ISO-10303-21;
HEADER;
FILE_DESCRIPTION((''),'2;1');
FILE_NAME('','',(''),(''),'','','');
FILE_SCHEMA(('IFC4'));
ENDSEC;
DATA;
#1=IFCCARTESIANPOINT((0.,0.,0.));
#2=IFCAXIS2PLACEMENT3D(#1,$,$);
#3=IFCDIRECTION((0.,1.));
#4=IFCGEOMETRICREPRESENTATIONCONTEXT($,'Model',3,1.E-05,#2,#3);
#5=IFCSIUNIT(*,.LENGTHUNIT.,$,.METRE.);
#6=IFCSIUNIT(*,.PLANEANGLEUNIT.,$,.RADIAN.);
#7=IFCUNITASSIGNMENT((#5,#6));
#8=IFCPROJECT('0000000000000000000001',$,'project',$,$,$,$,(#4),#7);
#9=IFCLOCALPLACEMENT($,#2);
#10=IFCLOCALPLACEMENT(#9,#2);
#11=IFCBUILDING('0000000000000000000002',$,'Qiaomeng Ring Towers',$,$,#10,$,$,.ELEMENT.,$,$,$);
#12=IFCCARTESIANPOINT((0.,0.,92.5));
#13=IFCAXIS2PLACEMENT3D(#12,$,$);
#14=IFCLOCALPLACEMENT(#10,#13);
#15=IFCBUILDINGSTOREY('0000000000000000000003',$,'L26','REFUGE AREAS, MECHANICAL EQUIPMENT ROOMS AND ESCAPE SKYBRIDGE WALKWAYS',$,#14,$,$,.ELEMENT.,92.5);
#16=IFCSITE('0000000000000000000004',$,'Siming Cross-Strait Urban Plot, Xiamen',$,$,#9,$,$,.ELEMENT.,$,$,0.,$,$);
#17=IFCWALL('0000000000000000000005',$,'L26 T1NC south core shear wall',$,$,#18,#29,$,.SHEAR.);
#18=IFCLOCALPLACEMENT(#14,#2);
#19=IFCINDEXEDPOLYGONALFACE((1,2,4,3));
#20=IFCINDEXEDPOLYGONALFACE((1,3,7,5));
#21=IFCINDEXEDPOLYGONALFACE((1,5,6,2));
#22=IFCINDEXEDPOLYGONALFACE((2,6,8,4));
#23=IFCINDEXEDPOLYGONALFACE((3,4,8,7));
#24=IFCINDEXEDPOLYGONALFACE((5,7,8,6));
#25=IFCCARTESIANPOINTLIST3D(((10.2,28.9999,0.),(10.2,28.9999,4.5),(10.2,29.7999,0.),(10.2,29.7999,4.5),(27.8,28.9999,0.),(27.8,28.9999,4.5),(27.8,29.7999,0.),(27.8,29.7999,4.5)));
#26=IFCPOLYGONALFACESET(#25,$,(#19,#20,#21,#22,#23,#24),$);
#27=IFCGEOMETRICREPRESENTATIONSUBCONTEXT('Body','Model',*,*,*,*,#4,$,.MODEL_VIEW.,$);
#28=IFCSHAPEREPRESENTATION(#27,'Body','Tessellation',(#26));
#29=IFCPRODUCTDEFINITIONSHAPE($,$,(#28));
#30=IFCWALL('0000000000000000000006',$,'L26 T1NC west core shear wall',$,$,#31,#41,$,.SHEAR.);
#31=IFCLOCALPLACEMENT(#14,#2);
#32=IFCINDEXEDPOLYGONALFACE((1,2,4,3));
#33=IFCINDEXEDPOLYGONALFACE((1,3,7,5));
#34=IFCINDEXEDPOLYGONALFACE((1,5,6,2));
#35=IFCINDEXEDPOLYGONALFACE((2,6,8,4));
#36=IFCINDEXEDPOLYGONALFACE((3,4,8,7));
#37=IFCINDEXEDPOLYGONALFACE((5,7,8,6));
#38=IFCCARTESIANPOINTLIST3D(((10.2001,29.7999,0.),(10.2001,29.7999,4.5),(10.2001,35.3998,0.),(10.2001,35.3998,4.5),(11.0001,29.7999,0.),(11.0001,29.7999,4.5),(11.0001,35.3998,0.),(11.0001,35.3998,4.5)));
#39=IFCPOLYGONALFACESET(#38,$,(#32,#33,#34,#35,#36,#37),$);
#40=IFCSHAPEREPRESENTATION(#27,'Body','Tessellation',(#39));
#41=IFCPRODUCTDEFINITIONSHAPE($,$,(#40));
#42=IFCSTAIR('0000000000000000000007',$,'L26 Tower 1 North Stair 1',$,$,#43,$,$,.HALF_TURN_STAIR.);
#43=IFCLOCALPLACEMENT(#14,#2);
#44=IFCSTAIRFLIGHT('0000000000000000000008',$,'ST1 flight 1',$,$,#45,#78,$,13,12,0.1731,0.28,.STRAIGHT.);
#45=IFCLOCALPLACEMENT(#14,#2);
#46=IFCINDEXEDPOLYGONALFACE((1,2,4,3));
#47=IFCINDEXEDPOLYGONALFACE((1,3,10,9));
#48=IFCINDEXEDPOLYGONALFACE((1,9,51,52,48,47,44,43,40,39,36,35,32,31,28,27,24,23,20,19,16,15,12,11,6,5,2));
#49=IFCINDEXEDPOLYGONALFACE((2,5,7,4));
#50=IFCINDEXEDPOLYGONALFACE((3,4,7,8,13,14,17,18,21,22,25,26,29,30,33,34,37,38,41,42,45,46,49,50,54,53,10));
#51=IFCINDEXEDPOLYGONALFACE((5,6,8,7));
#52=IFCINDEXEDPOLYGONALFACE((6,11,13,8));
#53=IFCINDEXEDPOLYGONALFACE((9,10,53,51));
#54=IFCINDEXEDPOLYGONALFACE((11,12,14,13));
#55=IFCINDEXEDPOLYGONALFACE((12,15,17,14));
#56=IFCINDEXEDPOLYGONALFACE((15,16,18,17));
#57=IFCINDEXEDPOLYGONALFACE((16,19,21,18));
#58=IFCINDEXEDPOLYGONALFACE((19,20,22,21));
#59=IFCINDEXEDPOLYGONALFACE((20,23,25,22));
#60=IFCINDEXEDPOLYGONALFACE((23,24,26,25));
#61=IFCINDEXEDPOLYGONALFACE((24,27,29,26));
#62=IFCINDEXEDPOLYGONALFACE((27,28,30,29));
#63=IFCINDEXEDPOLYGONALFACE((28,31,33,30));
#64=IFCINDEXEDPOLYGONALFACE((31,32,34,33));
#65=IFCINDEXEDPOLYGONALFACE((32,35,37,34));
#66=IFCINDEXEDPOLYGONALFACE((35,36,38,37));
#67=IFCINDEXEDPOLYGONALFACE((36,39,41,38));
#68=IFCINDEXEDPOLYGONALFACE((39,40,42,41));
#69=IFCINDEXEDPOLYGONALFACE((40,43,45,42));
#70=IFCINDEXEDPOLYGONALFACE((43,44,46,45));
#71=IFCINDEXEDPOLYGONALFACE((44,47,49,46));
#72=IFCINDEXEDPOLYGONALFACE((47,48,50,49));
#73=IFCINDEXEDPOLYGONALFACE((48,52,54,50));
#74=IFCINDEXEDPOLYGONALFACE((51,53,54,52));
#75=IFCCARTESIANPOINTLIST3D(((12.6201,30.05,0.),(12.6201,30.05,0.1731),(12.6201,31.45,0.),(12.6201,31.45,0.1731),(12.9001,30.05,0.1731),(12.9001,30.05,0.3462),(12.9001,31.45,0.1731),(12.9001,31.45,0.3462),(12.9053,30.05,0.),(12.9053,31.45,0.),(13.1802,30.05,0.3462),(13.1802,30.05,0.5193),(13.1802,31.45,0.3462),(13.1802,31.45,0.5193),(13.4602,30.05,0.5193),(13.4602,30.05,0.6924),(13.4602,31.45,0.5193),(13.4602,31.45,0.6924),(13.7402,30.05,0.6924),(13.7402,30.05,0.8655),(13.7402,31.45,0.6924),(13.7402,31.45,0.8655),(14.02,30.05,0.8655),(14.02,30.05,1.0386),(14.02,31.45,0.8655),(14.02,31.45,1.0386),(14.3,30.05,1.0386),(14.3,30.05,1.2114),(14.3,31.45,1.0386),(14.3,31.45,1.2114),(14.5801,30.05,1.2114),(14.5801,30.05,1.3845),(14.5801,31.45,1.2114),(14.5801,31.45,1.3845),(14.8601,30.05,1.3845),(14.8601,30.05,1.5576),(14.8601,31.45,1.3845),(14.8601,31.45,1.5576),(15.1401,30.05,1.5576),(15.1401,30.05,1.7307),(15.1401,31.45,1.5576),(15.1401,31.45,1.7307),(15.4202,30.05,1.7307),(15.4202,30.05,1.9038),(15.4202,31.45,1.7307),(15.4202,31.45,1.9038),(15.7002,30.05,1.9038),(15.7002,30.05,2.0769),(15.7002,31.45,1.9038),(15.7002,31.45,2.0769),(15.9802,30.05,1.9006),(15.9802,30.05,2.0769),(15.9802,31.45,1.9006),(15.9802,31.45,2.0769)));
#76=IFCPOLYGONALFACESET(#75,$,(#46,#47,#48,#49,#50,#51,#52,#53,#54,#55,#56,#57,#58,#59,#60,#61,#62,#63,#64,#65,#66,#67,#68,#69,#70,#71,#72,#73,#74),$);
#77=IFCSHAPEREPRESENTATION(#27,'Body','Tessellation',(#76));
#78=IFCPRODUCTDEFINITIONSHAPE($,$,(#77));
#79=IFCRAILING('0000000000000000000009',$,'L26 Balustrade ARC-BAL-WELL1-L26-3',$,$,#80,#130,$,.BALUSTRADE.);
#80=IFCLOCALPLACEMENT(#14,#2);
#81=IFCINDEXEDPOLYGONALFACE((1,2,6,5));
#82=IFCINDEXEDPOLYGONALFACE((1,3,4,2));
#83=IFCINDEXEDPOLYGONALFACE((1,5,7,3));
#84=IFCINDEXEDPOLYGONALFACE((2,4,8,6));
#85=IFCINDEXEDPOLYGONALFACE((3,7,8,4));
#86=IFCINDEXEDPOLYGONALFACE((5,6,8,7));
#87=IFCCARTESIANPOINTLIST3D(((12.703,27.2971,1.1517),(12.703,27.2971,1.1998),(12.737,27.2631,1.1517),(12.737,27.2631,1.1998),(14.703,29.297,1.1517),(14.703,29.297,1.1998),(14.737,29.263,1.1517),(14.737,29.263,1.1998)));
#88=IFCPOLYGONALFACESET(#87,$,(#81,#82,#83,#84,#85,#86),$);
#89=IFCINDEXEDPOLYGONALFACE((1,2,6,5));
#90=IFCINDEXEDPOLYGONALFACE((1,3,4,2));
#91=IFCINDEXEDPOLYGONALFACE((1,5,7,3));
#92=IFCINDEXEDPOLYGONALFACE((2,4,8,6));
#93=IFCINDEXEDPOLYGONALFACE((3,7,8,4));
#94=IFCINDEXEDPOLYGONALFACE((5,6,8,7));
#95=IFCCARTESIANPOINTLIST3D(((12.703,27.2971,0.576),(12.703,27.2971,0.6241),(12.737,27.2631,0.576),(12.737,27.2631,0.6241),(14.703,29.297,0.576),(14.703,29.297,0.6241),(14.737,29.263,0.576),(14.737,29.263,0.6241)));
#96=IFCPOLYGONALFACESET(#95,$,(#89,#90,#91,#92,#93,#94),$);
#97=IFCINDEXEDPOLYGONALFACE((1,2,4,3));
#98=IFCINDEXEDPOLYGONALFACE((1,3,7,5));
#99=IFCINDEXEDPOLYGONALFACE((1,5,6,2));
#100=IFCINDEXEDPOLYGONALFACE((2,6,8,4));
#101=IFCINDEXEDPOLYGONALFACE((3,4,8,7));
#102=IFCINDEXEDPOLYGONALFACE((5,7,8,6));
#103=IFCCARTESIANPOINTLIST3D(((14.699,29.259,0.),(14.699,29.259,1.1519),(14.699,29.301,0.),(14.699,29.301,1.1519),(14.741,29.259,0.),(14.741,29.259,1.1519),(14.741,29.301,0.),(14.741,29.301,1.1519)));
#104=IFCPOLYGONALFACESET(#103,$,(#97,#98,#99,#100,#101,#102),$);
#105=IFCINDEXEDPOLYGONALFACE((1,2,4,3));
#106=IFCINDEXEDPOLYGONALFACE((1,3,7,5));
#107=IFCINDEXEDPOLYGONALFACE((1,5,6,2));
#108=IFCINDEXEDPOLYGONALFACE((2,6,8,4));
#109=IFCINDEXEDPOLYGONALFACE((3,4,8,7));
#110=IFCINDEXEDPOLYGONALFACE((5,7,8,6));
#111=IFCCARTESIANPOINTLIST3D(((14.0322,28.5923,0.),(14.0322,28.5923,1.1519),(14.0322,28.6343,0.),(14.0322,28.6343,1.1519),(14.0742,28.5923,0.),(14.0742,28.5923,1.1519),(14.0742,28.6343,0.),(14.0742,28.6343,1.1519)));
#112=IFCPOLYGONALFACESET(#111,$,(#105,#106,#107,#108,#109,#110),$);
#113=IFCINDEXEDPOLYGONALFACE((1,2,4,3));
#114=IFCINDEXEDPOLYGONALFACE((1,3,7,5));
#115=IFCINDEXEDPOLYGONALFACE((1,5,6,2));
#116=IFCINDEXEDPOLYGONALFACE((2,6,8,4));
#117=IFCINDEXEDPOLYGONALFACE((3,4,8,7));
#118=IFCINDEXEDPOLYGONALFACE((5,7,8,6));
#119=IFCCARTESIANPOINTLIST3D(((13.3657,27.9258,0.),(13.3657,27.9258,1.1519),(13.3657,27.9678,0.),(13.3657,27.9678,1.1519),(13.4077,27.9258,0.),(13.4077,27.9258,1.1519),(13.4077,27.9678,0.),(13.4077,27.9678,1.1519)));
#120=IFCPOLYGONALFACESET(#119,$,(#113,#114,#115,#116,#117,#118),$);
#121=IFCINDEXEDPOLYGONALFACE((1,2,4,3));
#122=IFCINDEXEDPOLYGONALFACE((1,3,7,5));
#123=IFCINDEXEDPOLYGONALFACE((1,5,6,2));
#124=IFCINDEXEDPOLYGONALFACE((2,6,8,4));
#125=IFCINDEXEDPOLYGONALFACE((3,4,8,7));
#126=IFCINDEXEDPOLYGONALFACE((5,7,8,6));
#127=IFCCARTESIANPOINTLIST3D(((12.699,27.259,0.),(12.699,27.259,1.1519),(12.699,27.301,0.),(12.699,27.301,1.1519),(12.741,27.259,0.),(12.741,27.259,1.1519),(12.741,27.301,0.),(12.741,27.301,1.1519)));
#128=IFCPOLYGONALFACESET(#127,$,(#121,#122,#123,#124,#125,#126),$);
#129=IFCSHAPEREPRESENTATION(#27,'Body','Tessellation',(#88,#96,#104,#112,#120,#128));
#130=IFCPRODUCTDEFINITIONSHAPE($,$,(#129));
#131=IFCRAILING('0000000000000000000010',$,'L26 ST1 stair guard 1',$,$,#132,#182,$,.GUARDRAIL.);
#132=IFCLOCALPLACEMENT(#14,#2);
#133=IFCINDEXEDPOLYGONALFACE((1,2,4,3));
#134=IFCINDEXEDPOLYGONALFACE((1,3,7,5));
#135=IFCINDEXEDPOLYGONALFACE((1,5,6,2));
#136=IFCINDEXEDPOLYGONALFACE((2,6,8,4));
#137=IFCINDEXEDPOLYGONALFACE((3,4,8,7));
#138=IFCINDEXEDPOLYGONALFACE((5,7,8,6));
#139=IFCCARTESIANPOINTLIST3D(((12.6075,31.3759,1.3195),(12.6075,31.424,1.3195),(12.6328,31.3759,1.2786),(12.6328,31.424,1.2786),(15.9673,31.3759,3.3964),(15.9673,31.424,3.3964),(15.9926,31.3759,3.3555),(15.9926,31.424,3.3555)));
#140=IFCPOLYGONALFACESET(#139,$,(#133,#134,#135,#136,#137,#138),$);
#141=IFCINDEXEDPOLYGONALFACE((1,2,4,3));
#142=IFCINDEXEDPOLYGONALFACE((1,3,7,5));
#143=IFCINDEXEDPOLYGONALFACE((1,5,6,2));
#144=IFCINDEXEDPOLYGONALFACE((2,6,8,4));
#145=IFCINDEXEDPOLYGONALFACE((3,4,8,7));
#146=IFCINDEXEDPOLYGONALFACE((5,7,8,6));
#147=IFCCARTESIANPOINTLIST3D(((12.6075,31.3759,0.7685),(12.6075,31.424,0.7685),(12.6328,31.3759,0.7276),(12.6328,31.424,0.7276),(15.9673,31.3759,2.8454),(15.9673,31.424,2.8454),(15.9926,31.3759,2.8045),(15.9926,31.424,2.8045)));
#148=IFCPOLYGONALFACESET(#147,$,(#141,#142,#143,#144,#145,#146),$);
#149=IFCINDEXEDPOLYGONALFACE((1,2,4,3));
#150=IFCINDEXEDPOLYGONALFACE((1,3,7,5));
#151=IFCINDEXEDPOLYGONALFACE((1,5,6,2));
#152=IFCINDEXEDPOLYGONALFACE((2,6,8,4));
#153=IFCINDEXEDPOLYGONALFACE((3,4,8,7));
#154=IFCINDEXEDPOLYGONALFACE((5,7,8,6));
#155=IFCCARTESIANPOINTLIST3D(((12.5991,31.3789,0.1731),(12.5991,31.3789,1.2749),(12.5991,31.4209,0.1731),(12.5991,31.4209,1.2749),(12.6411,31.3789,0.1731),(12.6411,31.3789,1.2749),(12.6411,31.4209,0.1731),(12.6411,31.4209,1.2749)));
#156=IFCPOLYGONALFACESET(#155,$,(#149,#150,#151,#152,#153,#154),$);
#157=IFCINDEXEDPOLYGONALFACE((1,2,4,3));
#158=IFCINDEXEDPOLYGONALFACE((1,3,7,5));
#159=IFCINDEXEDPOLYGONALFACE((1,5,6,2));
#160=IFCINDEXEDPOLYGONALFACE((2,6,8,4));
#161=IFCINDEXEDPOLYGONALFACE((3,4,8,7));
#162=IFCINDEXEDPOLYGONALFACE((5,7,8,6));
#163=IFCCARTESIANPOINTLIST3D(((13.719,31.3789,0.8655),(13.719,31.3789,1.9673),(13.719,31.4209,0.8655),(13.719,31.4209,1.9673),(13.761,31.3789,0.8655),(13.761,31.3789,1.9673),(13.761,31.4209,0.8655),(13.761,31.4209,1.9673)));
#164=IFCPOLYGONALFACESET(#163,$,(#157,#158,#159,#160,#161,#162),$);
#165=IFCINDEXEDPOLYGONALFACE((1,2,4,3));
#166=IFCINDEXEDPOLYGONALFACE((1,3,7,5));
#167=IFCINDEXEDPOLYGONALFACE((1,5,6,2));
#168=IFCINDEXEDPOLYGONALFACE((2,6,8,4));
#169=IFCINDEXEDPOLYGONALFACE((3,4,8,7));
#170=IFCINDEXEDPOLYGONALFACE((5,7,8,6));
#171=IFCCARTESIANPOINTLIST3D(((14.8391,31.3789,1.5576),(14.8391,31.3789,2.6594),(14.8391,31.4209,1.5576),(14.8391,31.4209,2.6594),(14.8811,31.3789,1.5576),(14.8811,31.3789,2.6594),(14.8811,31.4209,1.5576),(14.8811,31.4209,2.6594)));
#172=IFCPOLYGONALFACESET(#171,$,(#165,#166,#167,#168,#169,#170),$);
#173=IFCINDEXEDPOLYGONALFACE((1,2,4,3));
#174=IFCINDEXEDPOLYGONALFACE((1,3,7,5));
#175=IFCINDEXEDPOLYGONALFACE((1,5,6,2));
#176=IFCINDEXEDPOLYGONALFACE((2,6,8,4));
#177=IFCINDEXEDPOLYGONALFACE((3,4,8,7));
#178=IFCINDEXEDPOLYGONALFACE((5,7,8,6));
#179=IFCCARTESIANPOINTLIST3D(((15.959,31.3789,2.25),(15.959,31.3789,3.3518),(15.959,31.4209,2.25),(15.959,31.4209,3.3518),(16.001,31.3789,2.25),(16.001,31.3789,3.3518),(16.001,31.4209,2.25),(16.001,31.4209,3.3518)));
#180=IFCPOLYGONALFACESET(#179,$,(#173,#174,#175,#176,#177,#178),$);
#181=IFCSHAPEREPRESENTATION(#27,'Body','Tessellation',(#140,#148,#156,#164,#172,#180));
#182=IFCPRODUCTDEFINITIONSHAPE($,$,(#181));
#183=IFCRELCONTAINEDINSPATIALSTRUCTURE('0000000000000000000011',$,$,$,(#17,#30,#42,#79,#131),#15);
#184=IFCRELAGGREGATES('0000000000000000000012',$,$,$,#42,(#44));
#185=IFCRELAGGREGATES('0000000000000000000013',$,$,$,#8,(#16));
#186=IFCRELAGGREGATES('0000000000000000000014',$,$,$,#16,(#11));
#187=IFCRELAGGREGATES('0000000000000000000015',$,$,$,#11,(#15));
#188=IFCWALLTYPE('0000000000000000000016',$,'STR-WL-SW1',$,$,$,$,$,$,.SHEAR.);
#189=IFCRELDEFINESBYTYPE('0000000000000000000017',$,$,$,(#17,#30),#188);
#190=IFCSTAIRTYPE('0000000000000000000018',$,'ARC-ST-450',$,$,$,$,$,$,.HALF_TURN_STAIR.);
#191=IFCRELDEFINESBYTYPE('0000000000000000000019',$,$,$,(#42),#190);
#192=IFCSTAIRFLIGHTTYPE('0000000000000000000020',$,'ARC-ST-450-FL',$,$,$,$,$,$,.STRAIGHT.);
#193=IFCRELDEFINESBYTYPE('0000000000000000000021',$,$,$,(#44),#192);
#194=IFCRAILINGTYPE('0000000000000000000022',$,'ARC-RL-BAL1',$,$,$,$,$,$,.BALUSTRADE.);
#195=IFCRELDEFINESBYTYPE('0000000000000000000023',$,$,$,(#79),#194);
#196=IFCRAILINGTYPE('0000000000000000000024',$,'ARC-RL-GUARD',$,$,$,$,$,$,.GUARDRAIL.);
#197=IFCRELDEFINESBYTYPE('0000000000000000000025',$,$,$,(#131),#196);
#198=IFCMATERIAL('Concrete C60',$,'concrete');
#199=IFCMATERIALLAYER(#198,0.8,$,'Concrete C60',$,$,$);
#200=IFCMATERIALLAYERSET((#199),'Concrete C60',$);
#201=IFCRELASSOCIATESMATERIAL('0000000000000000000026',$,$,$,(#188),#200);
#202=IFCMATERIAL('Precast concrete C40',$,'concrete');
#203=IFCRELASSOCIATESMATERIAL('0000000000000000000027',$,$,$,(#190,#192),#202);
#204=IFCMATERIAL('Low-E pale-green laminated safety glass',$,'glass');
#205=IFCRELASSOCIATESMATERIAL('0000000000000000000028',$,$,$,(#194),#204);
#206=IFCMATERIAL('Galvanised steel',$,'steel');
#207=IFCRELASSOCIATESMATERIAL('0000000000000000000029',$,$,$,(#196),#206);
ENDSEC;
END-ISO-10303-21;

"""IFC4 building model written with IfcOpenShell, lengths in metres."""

from ifc_helpers import new_model, si_unit, direction, frame, frame_2d, origin, origin_2d, place, context, subcontext, project, spatial, polyline, rectangle, outline, extrude, source, transform, mapped, material, layer, layer_set, type_object, element, aggregate, save


model = new_model("IFC4")

# Units and contexts
model_context = context("Model", 3, precision=1e-05, world=origin(), true_north=direction((0.0, 1.0)))
body_context = subcontext(model_context, "Body", "Model", "MODEL_VIEW")
ifc_project = project(units=[si_unit("LENGTHUNIT", "METRE"), si_unit("PLANEANGLEUNIT", "RADIAN")], contexts=[model_context])

# Site, building, storey
site_placement = place(None, origin())
site = spatial("IfcSite", under=ifc_project, at=site_placement, Name="Siming Cross-Strait Urban Plot, Xiamen", CompositionType="ELEMENT", RefElevation=0.0)
building_placement = place(site_placement, origin())
building = spatial("IfcBuilding", under=site, at=building_placement, Name="Qiaomeng Ring Towers", CompositionType="ELEMENT")
storey_placement = place(building_placement, frame((0.0, 0.0, 92.5)))
storey = spatial("IfcBuildingStorey", under=building, at=storey_placement, Name="L26", Description="REFUGE AREAS, MECHANICAL EQUIPMENT ROOMS AND ESCAPE SKYBRIDGE WALKWAYS", CompositionType="ELEMENT", Elevation=92.5)

# Shared definitions
ifc_material_1 = material(Name="Concrete C60", Category="concrete")

# Walls
ifc_layer_1 = layer(ifc_material_1, 0.8, Name="Concrete C60")
ifc_layer_set_1 = layer_set([ifc_layer_1], Name="Concrete C60")
wall_type_1 = type_object("IfcWallType", Name="STR-WL-SW1", PredefinedType="SHEAR", material=ifc_layer_set_1)
wall_1_placement = place(storey_placement, frame((10.2, 29.3999, 0.0), z_axis=(0.0, 0.0, 1.0), x_axis=(1.0, 0.0, 0.0)))
element("IfcWall", 1, at=wall_1_placement, inside=storey, type_object=wall_type_1, Name="L26 T1NC south core shear wall", PredefinedType="SHEAR", context=body_context, shape_type="SweptSolid", body=[
    extrude(rectangle(XDim=17.6001, YDim=0.8, at=frame_2d((8.8, 0.0))), origin(), (0.0, 0.0, 1.0), 4.5),
])
wall_2_placement = place(storey_placement, frame((10.6001, 29.8, 0.0), z_axis=(0.0, 0.0, 1.0), x_axis=(0.0, 1.0, 0.0)))
element("IfcWall", 2, at=wall_2_placement, inside=storey, type_object=wall_type_1, Name="L26 T1NC west core shear wall", PredefinedType="SHEAR", context=body_context, shape_type="SweptSolid", body=[
    extrude(rectangle(XDim=5.5999, YDim=0.8, at=frame_2d((2.7998, 0.0))), origin(), (0.0, 0.0, 1.0), 4.5),
])

# Stair, stair flight
ifc_material_2 = material(Name="Precast concrete C40", Category="concrete")
stair_type = type_object("IfcStairType", Name="ARC-ST-450", PredefinedType="HALF_TURN_STAIR", material=ifc_material_2)
stair_placement = place(storey_placement, origin())
stair = element("IfcStair", 3, at=stair_placement, inside=storey, type_object=stair_type, Name="L26 Tower 1 North Stair 1", PredefinedType="HALF_TURN_STAIR")
stair_flight_type = type_object("IfcStairFlightType", Name="ARC-ST-450-FL", PredefinedType="STRAIGHT", material=ifc_material_2)
shared_shape_1 = source(origin(), body_context, "Body", "SweptSolid", [
    extrude(outline(polyline([(0.0, 0.0), (0.0, 0.1731), (0.28, 0.1731), (0.28, 0.3462), (0.5601, 0.3462), (0.5601, 0.5193), (0.8401, 0.5193), (0.8401, 0.6924), (1.1201, 0.6924), (1.1201, 0.8655), (1.3999, 0.8655), (1.3999, 1.0386), (1.6799, 1.0386), (1.6799, 1.2114), (1.96, 1.2114), (1.96, 1.3845), (2.24, 1.3845), (2.24, 1.5576), (2.52, 1.5576), (2.52, 1.7307), (2.8, 1.7307), (2.8, 1.9038), (3.0801, 1.9038), (3.0801, 2.0769), (3.3601, 2.0769), (3.3601, 2.25), (3.3601, 1.9006), (0.2852, 0.0), (0.0, 0.0)])), frame((0.0, 0.7, 0.0), z_axis=(0.0, -1.0, 0.0), x_axis=(1.0, 0.0, 0.0)), (0.0, 0.0, 1.0), 1.3999),
])
stair_flight_placement = place(storey_placement, frame((12.6201, 30.75, 0.0), z_axis=(0.0, 0.0, 1.0), x_axis=(1.0, 0.0, 0.0)))
stair_flight = element("IfcStairFlight", 4, at=stair_flight_placement, type_object=stair_flight_type, Name="ST1 flight 1", NumberOfRisers=13, NumberOfTreads=12, PredefinedType="STRAIGHT", RiserHeight=0.1731, TreadLength=0.28, context=body_context, shape_type="MappedRepresentation", body=[
    mapped(shared_shape_1, transform((0.0, 0.0, 0.0), x_axis=(1.0, 0.0, 0.0), y_axis=(0.0, 1.0, 0.0), z_axis=(0.0, 0.0, 1.0), scale=1.0)),
])
aggregate(stair, [stair_flight])

# Railings
ifc_material_3 = material(Name="Low-E pale-green laminated safety glass", Category="glass")
railing_type_1 = type_object("IfcRailingType", Name="ARC-RL-BAL1", PredefinedType="BALUSTRADE", material=ifc_material_3)
railing_1_placement = place(storey_placement, frame((14.72, 29.28, 0.0)))
element("IfcRailing", 5, at=railing_1_placement, inside=storey, type_object=railing_type_1, Name="L26 Balustrade ARC-BAL-WELL1-L26-3", PredefinedType="BALUSTRADE", context=body_context, shape_type="SweptSolid", body=[
    extrude(rectangle(XDim=0.0481, YDim=0.0481, at=origin_2d()), frame((0.0, 0.0, 1.1758), z_axis=(-0.707107, -0.707107, 0.0), x_axis=(0.707107, -0.707107, 0.0)), (0.0, 0.0, 1.0), 2.8284),
    extrude(rectangle(XDim=0.0481, YDim=0.0481, at=origin_2d()), frame((0.0, 0.0, 0.6001), z_axis=(-0.707107, -0.707107, 0.0), x_axis=(0.707107, -0.707107, 0.0)), (0.0, 0.0, 1.0), 2.8284),
    extrude(rectangle(XDim=0.042, YDim=0.042, at=origin_2d()), origin(), (0.0, 0.0, 1.0), 1.1519),
    extrude(rectangle(XDim=0.042, YDim=0.042, at=origin_2d()), frame((-0.6667, -0.6667, 0.0)), (0.0, 0.0, 1.0), 1.1519),
    extrude(rectangle(XDim=0.042, YDim=0.042, at=origin_2d()), frame((-1.3333, -1.3333, 0.0)), (0.0, 0.0, 1.0), 1.1519),
    extrude(rectangle(XDim=0.042, YDim=0.042, at=origin_2d()), frame((-2.0, -2.0, 0.0)), (0.0, 0.0, 1.0), 1.1519),
])
ifc_material_4 = material(Name="Galvanised steel", Category="steel")
railing_type_2 = type_object("IfcRailingType", Name="ARC-RL-GUARD", PredefinedType="GUARDRAIL", material=ifc_material_4)
railing_2_placement = place(storey_placement, frame((12.6201, 31.3999, 0.1731)))
element("IfcRailing", 6, at=railing_2_placement, inside=storey, type_object=railing_type_2, Name="L26 ST1 stair guard 1", PredefinedType="GUARDRAIL", context=body_context, shape_type="SweptSolid", body=[
    extrude(rectangle(XDim=0.0481, YDim=0.0481, at=origin_2d()), frame((0.0, 0.0, 1.126), z_axis=(0.850606, 0.0, 0.525803), x_axis=(0.0, 1.0, 0.0)), (0.0, 0.0, 1.0), 3.95),
    extrude(rectangle(XDim=0.0481, YDim=0.0481, at=origin_2d()), frame((0.0, 0.0, 0.575), z_axis=(0.850606, 0.0, 0.525803), x_axis=(0.0, 1.0, 0.0)), (0.0, 0.0, 1.0), 3.95),
    extrude(rectangle(XDim=0.042, YDim=0.042, at=origin_2d()), origin(), (0.0, 0.0, 1.0), 1.1018),
    extrude(rectangle(XDim=0.042, YDim=0.042, at=origin_2d()), frame((1.1199, 0.0, 0.6924)), (0.0, 0.0, 1.0), 1.1018),
    extrude(rectangle(XDim=0.042, YDim=0.042, at=origin_2d()), frame((2.24, 0.0, 1.3845)), (0.0, 0.0, 1.0), 1.1018),
    extrude(rectangle(XDim=0.042, YDim=0.042, at=origin_2d()), frame((3.3599, 0.0, 2.0769)), (0.0, 0.0, 1.0), 1.1018),
])

save(model, "model.ifc")
